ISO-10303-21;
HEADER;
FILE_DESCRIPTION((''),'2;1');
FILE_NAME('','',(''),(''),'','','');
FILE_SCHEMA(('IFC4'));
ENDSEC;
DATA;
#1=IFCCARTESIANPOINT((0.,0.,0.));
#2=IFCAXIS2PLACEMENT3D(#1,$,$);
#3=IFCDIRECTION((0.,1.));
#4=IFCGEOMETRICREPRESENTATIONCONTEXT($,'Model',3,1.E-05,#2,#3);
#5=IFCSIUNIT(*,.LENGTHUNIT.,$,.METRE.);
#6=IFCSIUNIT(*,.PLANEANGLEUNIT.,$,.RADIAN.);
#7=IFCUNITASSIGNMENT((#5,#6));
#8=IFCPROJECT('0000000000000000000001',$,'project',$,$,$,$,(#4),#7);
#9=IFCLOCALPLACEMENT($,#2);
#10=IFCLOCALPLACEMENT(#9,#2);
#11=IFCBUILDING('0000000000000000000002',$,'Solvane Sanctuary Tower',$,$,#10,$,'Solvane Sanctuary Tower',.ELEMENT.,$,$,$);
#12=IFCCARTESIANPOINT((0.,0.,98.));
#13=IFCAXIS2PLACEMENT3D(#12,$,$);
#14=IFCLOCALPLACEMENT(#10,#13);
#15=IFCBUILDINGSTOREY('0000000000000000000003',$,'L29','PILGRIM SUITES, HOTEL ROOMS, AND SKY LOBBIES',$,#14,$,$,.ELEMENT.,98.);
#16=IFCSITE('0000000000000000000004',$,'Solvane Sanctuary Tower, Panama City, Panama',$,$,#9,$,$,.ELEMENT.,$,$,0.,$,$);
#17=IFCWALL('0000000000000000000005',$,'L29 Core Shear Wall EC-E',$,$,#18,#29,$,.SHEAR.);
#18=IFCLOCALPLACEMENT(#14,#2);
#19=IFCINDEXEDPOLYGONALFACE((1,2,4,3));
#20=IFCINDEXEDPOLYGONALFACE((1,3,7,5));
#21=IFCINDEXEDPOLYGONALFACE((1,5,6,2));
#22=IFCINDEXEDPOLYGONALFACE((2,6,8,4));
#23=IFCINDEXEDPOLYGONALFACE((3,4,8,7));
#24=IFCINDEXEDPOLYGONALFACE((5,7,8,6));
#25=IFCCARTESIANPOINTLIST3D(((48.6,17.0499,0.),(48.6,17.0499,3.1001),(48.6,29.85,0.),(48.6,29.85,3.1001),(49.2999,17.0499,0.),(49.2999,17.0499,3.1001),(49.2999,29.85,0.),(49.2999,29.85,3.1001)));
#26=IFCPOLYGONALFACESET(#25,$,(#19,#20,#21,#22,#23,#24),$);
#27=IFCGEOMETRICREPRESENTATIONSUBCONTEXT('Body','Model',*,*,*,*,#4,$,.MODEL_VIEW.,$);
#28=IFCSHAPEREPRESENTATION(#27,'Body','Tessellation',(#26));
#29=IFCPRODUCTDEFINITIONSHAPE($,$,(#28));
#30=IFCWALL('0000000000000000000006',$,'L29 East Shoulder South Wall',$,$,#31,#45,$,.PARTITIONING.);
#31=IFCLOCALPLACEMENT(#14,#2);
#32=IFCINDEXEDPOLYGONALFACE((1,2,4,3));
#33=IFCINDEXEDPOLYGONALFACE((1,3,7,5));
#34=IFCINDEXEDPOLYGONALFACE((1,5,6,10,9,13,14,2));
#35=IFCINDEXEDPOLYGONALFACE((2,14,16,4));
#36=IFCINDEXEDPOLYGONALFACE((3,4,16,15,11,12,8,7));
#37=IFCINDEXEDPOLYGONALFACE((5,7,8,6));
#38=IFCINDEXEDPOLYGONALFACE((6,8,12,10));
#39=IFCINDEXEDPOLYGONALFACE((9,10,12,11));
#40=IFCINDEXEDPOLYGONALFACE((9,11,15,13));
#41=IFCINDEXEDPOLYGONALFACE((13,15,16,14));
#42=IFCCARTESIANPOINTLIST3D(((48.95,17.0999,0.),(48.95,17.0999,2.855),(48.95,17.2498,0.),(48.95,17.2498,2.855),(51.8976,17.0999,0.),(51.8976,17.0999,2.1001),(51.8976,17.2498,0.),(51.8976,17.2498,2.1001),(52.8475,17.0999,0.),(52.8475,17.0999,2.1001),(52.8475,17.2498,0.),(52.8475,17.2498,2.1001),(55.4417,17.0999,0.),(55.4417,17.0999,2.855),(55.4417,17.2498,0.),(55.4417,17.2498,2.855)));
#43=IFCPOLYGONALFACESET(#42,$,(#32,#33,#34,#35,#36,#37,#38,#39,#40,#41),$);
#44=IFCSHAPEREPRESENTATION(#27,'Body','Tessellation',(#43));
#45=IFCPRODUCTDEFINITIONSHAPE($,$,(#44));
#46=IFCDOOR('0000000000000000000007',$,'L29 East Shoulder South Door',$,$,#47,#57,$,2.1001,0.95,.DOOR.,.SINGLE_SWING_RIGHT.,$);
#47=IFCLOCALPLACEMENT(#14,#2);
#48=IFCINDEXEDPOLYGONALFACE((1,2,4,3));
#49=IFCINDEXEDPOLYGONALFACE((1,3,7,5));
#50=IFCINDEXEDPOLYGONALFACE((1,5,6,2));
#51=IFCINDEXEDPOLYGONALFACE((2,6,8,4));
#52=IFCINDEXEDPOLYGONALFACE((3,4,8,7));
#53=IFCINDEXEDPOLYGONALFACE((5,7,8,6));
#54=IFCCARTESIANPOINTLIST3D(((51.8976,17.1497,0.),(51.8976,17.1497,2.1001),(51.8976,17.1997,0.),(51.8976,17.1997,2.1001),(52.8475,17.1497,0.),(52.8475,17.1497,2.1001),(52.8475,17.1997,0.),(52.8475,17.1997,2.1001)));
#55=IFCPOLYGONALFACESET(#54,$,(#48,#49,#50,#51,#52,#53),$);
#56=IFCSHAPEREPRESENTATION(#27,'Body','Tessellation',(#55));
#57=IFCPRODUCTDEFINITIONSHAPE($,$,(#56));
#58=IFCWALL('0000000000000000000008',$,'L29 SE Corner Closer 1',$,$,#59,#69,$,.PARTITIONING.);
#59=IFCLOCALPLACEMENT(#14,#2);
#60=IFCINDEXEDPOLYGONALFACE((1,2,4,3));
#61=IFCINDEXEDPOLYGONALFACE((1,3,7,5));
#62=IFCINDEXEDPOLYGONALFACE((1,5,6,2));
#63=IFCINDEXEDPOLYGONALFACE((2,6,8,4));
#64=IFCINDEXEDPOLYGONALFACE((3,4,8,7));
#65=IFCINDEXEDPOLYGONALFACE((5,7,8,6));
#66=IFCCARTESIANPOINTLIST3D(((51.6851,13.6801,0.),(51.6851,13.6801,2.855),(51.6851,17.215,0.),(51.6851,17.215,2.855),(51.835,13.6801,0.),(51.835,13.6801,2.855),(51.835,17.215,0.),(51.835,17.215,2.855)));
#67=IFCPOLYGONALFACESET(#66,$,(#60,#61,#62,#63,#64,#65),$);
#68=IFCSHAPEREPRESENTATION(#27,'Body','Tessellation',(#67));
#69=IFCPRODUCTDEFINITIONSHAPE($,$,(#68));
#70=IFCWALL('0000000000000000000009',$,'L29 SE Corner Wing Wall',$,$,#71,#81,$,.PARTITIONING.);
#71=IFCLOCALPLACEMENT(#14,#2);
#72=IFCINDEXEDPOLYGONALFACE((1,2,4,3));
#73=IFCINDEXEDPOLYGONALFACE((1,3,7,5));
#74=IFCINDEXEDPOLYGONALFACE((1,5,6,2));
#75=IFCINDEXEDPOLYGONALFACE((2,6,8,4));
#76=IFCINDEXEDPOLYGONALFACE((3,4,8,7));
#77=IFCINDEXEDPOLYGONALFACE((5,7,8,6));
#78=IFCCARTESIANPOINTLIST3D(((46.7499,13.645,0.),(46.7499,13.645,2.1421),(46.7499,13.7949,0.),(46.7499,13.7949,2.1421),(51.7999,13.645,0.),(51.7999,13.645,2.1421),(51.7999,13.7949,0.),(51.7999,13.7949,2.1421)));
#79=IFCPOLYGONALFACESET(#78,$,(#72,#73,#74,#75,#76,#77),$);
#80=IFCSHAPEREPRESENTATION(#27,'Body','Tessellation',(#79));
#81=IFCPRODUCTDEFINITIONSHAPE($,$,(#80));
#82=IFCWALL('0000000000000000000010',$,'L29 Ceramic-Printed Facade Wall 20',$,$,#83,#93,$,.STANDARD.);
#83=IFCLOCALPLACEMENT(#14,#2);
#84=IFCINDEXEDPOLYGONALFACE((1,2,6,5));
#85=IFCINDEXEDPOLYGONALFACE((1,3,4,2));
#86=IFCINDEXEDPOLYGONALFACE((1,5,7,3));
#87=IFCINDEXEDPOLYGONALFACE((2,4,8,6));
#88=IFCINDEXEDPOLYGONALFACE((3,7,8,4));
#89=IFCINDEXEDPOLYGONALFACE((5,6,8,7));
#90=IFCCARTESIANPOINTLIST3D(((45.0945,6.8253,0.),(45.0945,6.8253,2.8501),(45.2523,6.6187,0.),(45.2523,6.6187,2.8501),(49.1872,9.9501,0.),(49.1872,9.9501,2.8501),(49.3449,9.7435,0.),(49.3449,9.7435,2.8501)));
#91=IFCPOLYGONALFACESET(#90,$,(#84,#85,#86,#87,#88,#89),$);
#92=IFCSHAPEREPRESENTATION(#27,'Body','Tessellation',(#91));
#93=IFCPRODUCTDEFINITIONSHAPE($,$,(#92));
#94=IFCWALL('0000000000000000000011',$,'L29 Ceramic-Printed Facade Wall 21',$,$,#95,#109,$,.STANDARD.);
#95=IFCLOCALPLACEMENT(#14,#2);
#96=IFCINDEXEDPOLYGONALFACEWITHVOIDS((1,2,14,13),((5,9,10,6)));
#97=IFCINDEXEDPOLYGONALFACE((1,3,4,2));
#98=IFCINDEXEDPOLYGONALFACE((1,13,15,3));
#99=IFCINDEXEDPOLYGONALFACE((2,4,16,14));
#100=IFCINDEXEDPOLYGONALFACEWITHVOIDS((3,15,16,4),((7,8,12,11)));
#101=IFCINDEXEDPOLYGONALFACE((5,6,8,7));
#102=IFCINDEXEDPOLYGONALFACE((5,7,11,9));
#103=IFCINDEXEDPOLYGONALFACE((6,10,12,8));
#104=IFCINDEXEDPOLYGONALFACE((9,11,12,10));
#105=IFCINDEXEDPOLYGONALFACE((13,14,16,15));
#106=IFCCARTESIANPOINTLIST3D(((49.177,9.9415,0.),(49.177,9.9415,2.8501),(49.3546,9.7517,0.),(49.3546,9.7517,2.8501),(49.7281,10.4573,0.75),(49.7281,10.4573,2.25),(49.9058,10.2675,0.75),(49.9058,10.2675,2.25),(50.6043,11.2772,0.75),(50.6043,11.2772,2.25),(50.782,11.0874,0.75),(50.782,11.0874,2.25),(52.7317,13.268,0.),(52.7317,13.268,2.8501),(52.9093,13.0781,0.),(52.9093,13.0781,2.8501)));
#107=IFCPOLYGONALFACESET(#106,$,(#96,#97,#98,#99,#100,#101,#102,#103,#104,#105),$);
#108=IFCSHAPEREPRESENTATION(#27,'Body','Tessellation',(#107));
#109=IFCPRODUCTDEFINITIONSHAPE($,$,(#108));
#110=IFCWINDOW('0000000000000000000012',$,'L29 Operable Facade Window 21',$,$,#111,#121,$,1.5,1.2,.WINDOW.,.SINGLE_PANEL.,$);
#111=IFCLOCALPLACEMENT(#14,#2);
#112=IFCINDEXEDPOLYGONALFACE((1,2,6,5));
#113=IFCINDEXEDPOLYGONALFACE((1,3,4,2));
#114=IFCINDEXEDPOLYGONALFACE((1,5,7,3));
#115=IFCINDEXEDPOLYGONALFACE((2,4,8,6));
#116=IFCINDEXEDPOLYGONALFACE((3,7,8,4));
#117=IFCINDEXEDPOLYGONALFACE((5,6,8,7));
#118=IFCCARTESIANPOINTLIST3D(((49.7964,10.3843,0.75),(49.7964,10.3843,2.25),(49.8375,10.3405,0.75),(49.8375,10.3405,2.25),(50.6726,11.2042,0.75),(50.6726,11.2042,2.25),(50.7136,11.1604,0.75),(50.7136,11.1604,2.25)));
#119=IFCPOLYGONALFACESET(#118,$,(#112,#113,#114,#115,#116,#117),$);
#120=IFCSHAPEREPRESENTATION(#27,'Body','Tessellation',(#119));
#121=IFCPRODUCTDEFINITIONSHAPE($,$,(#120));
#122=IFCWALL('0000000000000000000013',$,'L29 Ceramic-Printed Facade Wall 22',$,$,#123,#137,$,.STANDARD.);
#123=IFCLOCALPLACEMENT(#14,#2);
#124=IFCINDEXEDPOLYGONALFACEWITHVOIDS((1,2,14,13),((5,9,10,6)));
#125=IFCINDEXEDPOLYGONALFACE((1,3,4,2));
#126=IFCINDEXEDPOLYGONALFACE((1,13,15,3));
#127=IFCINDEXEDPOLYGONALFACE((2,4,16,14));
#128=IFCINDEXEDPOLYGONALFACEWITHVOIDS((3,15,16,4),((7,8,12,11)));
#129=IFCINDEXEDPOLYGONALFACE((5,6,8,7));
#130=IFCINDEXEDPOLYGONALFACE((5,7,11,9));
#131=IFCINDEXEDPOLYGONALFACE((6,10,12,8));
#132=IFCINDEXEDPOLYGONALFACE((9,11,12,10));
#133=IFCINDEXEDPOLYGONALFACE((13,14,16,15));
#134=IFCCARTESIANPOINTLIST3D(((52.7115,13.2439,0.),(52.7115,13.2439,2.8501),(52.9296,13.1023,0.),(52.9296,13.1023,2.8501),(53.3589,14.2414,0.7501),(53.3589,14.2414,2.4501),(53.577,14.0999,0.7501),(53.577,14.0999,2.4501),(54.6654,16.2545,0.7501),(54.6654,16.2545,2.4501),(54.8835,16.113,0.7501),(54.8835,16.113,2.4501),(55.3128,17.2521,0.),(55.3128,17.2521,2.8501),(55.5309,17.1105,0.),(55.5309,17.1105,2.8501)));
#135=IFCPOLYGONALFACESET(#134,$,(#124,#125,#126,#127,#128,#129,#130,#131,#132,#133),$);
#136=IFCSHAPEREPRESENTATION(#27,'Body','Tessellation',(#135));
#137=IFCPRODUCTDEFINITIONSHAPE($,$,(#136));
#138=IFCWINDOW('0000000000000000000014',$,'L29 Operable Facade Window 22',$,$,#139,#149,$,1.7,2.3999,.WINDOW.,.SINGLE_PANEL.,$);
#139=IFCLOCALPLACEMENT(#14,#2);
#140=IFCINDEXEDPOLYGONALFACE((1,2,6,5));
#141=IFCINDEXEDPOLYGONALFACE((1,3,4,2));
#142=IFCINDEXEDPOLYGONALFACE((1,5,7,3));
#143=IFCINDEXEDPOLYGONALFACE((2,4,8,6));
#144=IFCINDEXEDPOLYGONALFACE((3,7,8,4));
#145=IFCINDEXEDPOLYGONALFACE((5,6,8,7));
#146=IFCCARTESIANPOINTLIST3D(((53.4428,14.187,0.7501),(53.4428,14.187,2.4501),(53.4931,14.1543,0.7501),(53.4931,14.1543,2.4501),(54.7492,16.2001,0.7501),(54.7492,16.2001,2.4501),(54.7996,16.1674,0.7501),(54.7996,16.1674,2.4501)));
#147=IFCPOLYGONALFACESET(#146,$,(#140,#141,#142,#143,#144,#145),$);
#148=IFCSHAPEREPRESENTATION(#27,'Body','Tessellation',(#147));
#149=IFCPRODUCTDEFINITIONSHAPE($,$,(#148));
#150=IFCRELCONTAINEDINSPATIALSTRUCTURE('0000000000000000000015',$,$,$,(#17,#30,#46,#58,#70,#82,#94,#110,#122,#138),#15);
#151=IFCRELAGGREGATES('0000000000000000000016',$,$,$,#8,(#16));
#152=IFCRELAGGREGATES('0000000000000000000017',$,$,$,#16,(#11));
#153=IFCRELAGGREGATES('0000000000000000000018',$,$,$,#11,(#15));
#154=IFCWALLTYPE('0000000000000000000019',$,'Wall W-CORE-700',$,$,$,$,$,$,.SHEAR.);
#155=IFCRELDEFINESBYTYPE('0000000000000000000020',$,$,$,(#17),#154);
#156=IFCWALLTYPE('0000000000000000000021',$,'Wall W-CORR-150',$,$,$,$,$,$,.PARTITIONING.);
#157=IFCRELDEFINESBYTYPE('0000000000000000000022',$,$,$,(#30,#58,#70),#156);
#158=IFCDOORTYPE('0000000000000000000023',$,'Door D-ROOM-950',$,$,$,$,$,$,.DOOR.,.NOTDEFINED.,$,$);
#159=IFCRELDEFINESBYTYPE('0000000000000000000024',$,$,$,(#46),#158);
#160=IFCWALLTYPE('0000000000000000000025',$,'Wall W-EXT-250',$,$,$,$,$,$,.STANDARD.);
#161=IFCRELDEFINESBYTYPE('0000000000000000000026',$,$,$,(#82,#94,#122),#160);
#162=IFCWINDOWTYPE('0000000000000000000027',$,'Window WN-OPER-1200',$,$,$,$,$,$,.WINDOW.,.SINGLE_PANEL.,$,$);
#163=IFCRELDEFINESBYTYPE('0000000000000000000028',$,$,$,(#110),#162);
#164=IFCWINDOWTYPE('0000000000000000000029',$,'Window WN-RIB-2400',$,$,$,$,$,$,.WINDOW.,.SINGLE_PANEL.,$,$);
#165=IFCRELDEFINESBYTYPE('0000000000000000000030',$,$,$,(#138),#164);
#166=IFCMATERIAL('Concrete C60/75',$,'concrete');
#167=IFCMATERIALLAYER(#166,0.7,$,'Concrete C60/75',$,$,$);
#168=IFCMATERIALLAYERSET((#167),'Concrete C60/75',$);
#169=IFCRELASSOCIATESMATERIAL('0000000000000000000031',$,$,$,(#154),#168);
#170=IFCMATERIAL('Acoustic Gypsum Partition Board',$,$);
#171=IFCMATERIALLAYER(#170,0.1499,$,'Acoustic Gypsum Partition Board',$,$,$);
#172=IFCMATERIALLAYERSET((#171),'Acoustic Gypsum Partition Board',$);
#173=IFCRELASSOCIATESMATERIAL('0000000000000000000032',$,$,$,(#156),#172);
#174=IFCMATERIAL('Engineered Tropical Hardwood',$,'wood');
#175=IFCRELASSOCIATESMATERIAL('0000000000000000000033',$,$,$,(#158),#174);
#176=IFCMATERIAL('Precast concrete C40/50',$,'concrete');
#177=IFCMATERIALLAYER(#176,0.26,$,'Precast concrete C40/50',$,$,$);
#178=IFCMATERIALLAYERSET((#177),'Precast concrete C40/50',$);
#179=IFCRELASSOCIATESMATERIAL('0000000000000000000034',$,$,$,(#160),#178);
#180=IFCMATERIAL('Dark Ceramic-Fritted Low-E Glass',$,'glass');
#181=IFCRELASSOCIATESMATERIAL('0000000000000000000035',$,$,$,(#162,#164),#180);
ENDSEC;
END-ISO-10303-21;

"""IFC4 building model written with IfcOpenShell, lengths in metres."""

from ifc_helpers import new_model, si_unit, direction, frame, frame_2d, origin, place, context, subcontext, project, spatial, rectangle, extrude, material, layer, layer_set, type_object, element, fill, save


model = new_model("IFC4")

# Units and contexts
model_context = context("Model", 3, precision=1e-05, world=origin(), true_north=direction((0.0, 1.0)))
body_context = subcontext(model_context, "Body", "Model", "MODEL_VIEW")
ifc_project = project(units=[si_unit("LENGTHUNIT", "METRE"), si_unit("PLANEANGLEUNIT", "RADIAN")], contexts=[model_context])

# Site, building, storey
site_placement = place(None, origin())
site = spatial("IfcSite", under=ifc_project, at=site_placement, Name="Solvane Sanctuary Tower, Panama City, Panama", CompositionType="ELEMENT", RefElevation=0.0)
building_placement = place(site_placement, origin())
building = spatial("IfcBuilding", under=site, at=building_placement, Name="Solvane Sanctuary Tower", LongName="Solvane Sanctuary Tower", CompositionType="ELEMENT")
storey_placement = place(building_placement, frame((0.0, 0.0, 98.0)))
storey = spatial("IfcBuildingStorey", under=building, at=storey_placement, Name="L29", Description="PILGRIM SUITES, HOTEL ROOMS, AND SKY LOBBIES", CompositionType="ELEMENT", Elevation=98.0)

# Shared definitions
ifc_material_1 = material(Name="Concrete C60/75", Category="concrete")

# Wall
ifc_layer_1 = layer(ifc_material_1, 0.7, Name="Concrete C60/75")
ifc_layer_set_1 = layer_set([ifc_layer_1], Name="Concrete C60/75")
wall_type_1 = type_object("IfcWallType", Name="Wall W-CORE-700", PredefinedType="SHEAR", material=ifc_layer_set_1)
wall_1_placement = place(storey_placement, frame((48.95, 17.05, 0.0), z_axis=(0.0, 0.0, 1.0), x_axis=(0.0, 1.0, 0.0)))
element("IfcWall", 1, at=wall_1_placement, inside=storey, type_object=wall_type_1, Name="L29 Core Shear Wall EC-E", PredefinedType="SHEAR", context=body_context, shape_type="SweptSolid", body=[
    extrude(rectangle(XDim=12.8, YDim=0.7, at=frame_2d((6.3999, 0.0))), origin(), (0.0, 0.0, 1.0), 3.1001),
])

# Wall, opening, door
ifc_material_2 = material(Name="Acoustic Gypsum Partition Board")
ifc_layer_2 = layer(ifc_material_2, 0.1499, Name="Acoustic Gypsum Partition Board")
ifc_layer_set_2 = layer_set([ifc_layer_2], Name="Acoustic Gypsum Partition Board")
wall_type_2 = type_object("IfcWallType", Name="Wall W-CORR-150", PredefinedType="PARTITIONING", material=ifc_layer_set_2)
wall_2_placement = place(storey_placement, frame((48.95, 17.1748, 0.0), z_axis=(0.0, 0.0, 1.0), x_axis=(1.0, 0.0, 0.0)))
wall_2 = element("IfcWall", 2, at=wall_2_placement, inside=storey, type_object=wall_type_2, Name="L29 East Shoulder South Wall", PredefinedType="PARTITIONING", context=body_context, shape_type="SweptSolid", body=[
    extrude(rectangle(XDim=6.4917, YDim=0.1499, at=frame_2d((3.2458, 0.0))), origin(), (0.0, 0.0, 1.0), 2.855),
])
opening_1_placement = place(wall_2_placement, frame((2.9475, 0.0, 0.0)))
opening_1 = element("IfcOpeningElement", 3, at=opening_1_placement, cuts=wall_2, PredefinedType="OPENING", context=body_context, shape_type="SweptSolid", body=[
    extrude(rectangle(XDim=0.95, YDim=2.1001, at=frame_2d((0.4751, 1.05))), frame((0.0, 0.085, 0.0), z_axis=(0.0, -1.0, 0.0), x_axis=(1.0, 0.0, 0.0)), (0.0, 0.0, 1.0), 0.1699),
])
ifc_material_3 = material(Name="Engineered Tropical Hardwood", Category="wood")
door_type_1 = type_object("IfcDoorType", Name="Door D-ROOM-950", OperationType="NOTDEFINED", PredefinedType="DOOR", material=ifc_material_3)
door_1_placement = place(opening_1_placement, origin())
door_1 = element("IfcDoor", 4, at=door_1_placement, inside=storey, type_object=door_type_1, Name="L29 East Shoulder South Door", OperationType="SINGLE_SWING_RIGHT", OverallHeight=2.1001, OverallWidth=0.95, PredefinedType="DOOR", context=body_context, shape_type="SweptSolid", body=[
    extrude(rectangle(XDim=0.95, YDim=2.1001, at=frame_2d((0.4751, 1.05))), frame((0.0, 0.0249, 0.0), z_axis=(0.0, -1.0, 0.0), x_axis=(1.0, 0.0, 0.0)), (0.0, 0.0, 1.0), 0.05),
])
fill(opening_1, door_1)

# Walls
wall_3_placement = place(storey_placement, frame((51.76, 13.6799, 0.0), z_axis=(0.0, 0.0, 1.0), x_axis=(0.0, 1.0, 0.0)))
element("IfcWall", 5, at=wall_3_placement, inside=storey, type_object=wall_type_2, Name="L29 SE Corner Closer 1", PredefinedType="PARTITIONING", context=body_context, shape_type="SweptSolid", body=[
    extrude(rectangle(XDim=3.5349, YDim=0.1499, at=frame_2d((1.7676, 0.0))), origin(), (0.0, 0.0, 1.0), 2.855),
])
wall_4_placement = place(storey_placement, frame((46.75, 13.72, 0.0), z_axis=(0.0, 0.0, 1.0), x_axis=(1.0, 0.0, 0.0)))
element("IfcWall", 6, at=wall_4_placement, inside=storey, type_object=wall_type_2, Name="L29 SE Corner Wing Wall", PredefinedType="PARTITIONING", context=body_context, shape_type="SweptSolid", body=[
    extrude(rectangle(XDim=5.05, YDim=0.1499, at=frame_2d((2.5249, 0.0))), origin(), (0.0, 0.0, 1.0), 2.1421),
])
ifc_material_4 = material(Name="Precast concrete C40/50", Category="concrete")
ifc_layer_3 = layer(ifc_material_4, 0.26, Name="Precast concrete C40/50")
ifc_layer_set_3 = layer_set([ifc_layer_3], Name="Precast concrete C40/50")
wall_type_3 = type_object("IfcWallType", Name="Wall W-EXT-250", PredefinedType="STANDARD", material=ifc_layer_set_3)
wall_5_placement = place(storey_placement, frame((45.1733, 6.7219, 0.0), z_axis=(0.0, 0.0, 1.0), x_axis=(0.79481, 0.606859, 0.0)))
element("IfcWall", 7, at=wall_5_placement, inside=storey, type_object=wall_type_3, Name="L29 Ceramic-Printed Facade Wall 20", PredefinedType="STANDARD", context=body_context, shape_type="SweptSolid", body=[
    extrude(rectangle(XDim=5.1492, YDim=0.26, at=frame_2d((2.5747, 0.0))), origin(), (0.0, 0.0, 1.0), 2.8501),
])

# Walls, openings, windows
wall_6_placement = place(storey_placement, frame((49.2659, 9.8467, 0.0), z_axis=(0.0, 0.0, 1.0), x_axis=(0.730162, 0.683274, 0.0)))
wall_6 = element("IfcWall", 8, at=wall_6_placement, inside=storey, type_object=wall_type_3, Name="L29 Ceramic-Printed Facade Wall 21", PredefinedType="STANDARD", context=body_context, shape_type="SweptSolid", body=[
    extrude(rectangle(XDim=4.8684, YDim=0.26, at=frame_2d((2.4341, 0.0))), origin(), (0.0, 0.0, 1.0), 2.8501),
])
opening_2_placement = place(wall_6_placement, frame((0.7546, 0.0, 0.75)))
opening_2 = element("IfcOpeningElement", 9, at=opening_2_placement, cuts=wall_6, PredefinedType="OPENING", context=body_context, shape_type="SweptSolid", body=[
    extrude(rectangle(XDim=1.2, YDim=1.5, at=frame_2d((0.6001, 0.75))), frame((0.0, 0.1399, 0.0), z_axis=(0.0, -1.0, 0.0), x_axis=(1.0, 0.0, 0.0)), (0.0, 0.0, 1.0), 0.28),
])
ifc_material_5 = material(Name="Dark Ceramic-Fritted Low-E Glass", Category="glass")
window_type_1 = type_object("IfcWindowType", Name="Window WN-OPER-1200", PartitioningType="SINGLE_PANEL", PredefinedType="WINDOW", material=ifc_material_5)
window_1_placement = place(opening_2_placement, origin())
window_1 = element("IfcWindow", 10, at=window_1_placement, inside=storey, type_object=window_type_1, Name="L29 Operable Facade Window 21", OverallHeight=1.5, OverallWidth=1.2, PartitioningType="SINGLE_PANEL", PredefinedType="WINDOW", context=body_context, shape_type="SweptSolid", body=[
    extrude(rectangle(XDim=1.2, YDim=1.5, at=frame_2d((0.6001, 0.75))), frame((0.0, 0.03, 0.0), z_axis=(0.0, -1.0, 0.0), x_axis=(1.0, 0.0, 0.0)), (0.0, 0.0, 1.0), 0.0601),
])
fill(opening_2, window_1)
wall_7_placement = place(storey_placement, frame((52.8206, 13.1731, 0.0), z_axis=(0.0, 0.0, 1.0), x_axis=(0.544388, 0.838833, 0.0)))
wall_7 = element("IfcWall", 11, at=wall_7_placement, inside=storey, type_object=wall_type_3, Name="L29 Ceramic-Printed Facade Wall 22", PredefinedType="STANDARD", context=body_context, shape_type="SweptSolid", body=[
    extrude(rectangle(XDim=4.7783, YDim=0.26, at=frame_2d((2.3892, 0.0))), origin(), (0.0, 0.0, 1.0), 2.8501),
])
opening_3_placement = place(wall_7_placement, frame((1.1892, 0.0, 0.75)))
opening_3 = element("IfcOpeningElement", 12, at=opening_3_placement, cuts=wall_7, PredefinedType="OPENING", context=body_context, shape_type="SweptSolid", body=[
    extrude(rectangle(XDim=2.3999, YDim=1.7, at=frame_2d((1.2, 0.8501))), frame((0.0, 0.1399, 0.0), z_axis=(0.0, -1.0, 0.0), x_axis=(1.0, 0.0, 0.0)), (0.0, 0.0, 1.0), 0.28),
])
window_type_2 = type_object("IfcWindowType", Name="Window WN-RIB-2400", PartitioningType="SINGLE_PANEL", PredefinedType="WINDOW", material=ifc_material_5)
window_2_placement = place(opening_3_placement, origin())
window_2 = element("IfcWindow", 13, at=window_2_placement, inside=storey, type_object=window_type_2, Name="L29 Operable Facade Window 22", OverallHeight=1.7, OverallWidth=2.3999, PartitioningType="SINGLE_PANEL", PredefinedType="WINDOW", context=body_context, shape_type="SweptSolid", body=[
    extrude(rectangle(XDim=2.3999, YDim=1.7, at=frame_2d((1.2, 0.8501))), frame((0.0, 0.03, 0.0), z_axis=(0.0, -1.0, 0.0), x_axis=(1.0, 0.0, 0.0)), (0.0, 0.0, 1.0), 0.0601),
])
fill(opening_3, window_2)

save(model, "model.ifc")
